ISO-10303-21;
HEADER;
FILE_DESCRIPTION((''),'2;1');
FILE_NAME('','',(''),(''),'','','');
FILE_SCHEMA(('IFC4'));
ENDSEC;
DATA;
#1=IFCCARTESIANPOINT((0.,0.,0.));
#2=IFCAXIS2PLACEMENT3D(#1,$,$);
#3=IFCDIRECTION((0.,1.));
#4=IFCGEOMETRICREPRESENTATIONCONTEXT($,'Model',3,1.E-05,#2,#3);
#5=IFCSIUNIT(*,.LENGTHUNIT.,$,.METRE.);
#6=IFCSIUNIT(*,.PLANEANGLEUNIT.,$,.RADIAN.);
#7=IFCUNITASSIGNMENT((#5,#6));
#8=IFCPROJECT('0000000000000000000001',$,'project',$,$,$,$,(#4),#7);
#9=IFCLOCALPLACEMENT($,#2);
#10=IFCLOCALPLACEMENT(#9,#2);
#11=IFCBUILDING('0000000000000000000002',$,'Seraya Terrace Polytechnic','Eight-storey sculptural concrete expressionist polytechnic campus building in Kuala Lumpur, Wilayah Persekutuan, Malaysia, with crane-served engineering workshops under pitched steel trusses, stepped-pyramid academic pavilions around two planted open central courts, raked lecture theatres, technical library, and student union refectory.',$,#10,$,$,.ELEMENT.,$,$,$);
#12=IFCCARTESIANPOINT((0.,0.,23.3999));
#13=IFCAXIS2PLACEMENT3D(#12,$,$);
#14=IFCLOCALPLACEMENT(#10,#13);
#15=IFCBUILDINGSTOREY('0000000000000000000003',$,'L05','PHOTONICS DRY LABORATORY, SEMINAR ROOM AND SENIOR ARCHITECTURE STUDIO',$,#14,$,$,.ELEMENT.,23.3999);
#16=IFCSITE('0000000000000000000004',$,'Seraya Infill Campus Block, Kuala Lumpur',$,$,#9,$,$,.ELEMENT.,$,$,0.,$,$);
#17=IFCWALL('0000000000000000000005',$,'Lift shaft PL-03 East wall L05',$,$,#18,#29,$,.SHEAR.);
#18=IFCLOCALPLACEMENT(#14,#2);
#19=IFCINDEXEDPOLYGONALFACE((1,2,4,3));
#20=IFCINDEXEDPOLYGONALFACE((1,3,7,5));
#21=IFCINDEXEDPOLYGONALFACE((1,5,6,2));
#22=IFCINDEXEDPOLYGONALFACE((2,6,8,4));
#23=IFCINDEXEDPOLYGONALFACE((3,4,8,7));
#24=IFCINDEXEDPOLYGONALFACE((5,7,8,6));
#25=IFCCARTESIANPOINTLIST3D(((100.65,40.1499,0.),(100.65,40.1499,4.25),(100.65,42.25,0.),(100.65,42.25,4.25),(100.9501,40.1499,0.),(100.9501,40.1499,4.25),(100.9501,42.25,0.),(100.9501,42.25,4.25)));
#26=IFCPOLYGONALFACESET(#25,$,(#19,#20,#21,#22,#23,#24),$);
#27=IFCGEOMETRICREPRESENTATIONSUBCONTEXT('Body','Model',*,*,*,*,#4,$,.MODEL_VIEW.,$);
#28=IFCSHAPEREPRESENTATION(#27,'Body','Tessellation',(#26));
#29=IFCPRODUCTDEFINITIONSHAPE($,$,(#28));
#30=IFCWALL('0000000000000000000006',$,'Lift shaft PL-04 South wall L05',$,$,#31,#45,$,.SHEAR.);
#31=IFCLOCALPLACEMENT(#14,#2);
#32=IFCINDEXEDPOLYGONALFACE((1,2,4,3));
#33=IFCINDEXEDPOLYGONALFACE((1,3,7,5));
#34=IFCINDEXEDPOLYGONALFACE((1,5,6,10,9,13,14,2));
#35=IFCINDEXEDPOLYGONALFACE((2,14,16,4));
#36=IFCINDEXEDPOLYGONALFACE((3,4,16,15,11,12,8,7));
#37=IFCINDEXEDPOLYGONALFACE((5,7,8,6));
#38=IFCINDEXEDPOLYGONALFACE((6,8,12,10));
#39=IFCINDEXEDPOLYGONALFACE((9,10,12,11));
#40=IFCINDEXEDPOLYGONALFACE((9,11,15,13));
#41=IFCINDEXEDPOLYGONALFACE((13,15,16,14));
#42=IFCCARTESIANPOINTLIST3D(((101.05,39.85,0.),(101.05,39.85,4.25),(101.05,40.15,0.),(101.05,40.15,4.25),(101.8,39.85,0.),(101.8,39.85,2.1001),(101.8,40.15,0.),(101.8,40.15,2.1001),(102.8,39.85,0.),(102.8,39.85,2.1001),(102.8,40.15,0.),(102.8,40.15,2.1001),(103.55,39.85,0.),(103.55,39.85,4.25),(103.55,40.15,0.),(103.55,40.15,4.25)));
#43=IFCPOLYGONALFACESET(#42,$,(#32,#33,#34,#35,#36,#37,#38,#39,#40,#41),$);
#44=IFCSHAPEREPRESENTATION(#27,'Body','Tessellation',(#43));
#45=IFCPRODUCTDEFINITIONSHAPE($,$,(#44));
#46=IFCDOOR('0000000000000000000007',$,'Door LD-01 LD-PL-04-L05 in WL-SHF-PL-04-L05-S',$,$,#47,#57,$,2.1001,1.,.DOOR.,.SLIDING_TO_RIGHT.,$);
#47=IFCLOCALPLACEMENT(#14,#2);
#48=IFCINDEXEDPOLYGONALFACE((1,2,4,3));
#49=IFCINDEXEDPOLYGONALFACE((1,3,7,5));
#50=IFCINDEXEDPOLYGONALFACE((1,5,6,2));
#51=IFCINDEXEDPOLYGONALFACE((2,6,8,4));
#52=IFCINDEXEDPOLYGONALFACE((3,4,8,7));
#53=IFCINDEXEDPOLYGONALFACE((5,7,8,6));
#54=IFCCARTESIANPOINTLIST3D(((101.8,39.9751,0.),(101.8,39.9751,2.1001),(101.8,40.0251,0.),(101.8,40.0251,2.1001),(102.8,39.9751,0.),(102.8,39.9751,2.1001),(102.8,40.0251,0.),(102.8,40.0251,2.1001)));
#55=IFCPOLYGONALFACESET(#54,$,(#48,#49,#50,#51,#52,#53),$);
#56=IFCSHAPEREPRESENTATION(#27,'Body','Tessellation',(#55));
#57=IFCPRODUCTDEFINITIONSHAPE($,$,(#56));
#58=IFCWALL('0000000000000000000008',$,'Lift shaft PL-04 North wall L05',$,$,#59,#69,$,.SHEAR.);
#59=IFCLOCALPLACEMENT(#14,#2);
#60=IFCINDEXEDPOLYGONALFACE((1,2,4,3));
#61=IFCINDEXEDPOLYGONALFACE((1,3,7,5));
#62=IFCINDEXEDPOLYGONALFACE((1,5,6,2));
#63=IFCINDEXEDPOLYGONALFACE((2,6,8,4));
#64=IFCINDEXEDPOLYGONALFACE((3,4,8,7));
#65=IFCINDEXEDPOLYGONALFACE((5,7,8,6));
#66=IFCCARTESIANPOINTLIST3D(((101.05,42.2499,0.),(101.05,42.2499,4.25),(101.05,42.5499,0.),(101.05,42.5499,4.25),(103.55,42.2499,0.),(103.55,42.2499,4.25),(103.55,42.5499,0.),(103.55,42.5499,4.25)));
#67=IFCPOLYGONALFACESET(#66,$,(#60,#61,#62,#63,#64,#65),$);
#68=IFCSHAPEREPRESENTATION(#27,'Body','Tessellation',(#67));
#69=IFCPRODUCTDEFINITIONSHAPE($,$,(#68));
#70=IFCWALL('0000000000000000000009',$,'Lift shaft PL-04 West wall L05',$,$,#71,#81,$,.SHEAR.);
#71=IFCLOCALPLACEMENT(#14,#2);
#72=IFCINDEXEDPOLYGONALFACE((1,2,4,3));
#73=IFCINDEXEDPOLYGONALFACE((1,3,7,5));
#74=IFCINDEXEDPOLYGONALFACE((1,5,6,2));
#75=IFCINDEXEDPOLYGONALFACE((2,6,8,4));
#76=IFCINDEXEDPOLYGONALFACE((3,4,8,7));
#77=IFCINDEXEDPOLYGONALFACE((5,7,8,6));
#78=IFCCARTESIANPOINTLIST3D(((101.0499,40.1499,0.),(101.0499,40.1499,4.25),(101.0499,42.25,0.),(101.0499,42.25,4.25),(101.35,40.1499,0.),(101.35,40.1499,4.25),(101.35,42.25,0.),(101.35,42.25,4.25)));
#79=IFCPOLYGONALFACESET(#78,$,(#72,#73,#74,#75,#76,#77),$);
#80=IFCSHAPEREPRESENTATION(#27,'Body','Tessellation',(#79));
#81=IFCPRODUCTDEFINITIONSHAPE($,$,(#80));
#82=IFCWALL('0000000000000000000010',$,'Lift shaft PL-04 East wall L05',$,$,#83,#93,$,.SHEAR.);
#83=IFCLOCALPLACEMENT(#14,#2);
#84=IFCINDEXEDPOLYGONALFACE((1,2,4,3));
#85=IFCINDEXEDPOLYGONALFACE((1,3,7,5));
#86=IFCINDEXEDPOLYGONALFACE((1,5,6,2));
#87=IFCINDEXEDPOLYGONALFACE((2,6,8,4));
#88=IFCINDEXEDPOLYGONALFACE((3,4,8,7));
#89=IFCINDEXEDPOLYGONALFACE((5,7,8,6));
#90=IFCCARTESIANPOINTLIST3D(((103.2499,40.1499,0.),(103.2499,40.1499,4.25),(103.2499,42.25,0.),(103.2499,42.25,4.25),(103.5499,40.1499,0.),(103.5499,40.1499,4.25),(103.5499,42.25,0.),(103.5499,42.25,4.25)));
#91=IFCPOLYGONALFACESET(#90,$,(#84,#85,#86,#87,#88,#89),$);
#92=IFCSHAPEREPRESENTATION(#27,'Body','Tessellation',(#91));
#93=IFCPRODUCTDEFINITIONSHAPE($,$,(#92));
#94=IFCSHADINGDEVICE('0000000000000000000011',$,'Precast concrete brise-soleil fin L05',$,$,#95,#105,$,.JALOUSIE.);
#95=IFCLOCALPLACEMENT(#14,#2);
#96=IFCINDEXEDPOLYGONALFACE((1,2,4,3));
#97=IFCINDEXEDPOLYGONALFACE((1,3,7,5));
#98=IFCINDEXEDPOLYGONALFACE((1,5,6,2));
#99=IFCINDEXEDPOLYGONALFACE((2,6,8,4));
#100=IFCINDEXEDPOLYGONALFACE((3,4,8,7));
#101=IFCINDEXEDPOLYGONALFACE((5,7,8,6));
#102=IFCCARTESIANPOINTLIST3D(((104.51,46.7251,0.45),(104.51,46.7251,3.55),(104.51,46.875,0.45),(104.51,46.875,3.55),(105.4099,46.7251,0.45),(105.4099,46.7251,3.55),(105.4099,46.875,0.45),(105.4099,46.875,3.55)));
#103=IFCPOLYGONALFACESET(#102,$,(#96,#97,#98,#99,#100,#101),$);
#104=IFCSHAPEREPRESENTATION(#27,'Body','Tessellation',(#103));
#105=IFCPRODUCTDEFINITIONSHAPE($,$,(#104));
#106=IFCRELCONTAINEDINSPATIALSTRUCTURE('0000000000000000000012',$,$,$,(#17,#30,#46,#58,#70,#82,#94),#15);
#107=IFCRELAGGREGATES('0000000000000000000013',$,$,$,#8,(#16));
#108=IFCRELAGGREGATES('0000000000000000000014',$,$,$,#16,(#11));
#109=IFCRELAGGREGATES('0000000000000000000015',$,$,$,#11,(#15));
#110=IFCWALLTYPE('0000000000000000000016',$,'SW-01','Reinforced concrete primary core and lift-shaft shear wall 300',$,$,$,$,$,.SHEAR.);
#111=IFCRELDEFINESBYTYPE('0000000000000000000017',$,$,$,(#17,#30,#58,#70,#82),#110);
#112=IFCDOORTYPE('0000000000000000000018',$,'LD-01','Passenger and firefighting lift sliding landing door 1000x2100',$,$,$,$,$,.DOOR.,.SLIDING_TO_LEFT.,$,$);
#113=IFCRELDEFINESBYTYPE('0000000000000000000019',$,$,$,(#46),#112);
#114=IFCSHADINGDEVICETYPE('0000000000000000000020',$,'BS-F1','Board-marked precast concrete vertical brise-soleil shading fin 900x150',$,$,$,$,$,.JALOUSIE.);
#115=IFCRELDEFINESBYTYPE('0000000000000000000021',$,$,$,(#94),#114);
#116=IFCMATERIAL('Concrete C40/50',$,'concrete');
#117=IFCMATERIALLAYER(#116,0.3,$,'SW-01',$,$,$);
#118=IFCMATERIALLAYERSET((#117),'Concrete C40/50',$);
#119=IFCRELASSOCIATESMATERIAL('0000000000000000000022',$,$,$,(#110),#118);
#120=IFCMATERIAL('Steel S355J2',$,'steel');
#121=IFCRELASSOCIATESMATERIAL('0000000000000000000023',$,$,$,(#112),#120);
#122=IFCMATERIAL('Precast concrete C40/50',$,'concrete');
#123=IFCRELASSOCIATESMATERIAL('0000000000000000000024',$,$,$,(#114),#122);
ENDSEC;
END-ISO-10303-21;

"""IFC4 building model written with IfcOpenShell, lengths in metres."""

from ifc_helpers import new_model, si_unit, direction, frame, frame_2d, origin, origin_2d, place, context, subcontext, project, spatial, rectangle, extrude, material, layer, layer_set, type_object, element, fill, save


model = new_model("IFC4")

# Units and contexts
model_context = context("Model", 3, precision=1e-05, world=origin(), true_north=direction((0.0, 1.0)))
body_context = subcontext(model_context, "Body", "Model", "MODEL_VIEW")
ifc_project = project(units=[si_unit("LENGTHUNIT", "METRE"), si_unit("PLANEANGLEUNIT", "RADIAN")], contexts=[model_context])

# Site, building, storey
site_placement = place(None, origin())
site = spatial("IfcSite", under=ifc_project, at=site_placement, Name="Seraya Infill Campus Block, Kuala Lumpur", CompositionType="ELEMENT", RefElevation=0.0)
building_placement = place(site_placement, origin())
building = spatial("IfcBuilding", under=site, at=building_placement, Name="Seraya Terrace Polytechnic", Description="Eight-storey sculptural concrete expressionist polytechnic campus building in Kuala Lumpur, Wilayah Persekutuan, Malaysia, with crane-served engineering workshops under pitched steel trusses, stepped-pyramid academic pavilions around two planted open central courts, raked lecture theatres, technical library, and student union refectory.", CompositionType="ELEMENT")
storey_placement = place(building_placement, frame((0.0, 0.0, 23.3999)))
storey = spatial("IfcBuildingStorey", under=building, at=storey_placement, Name="L05", Description="PHOTONICS DRY LABORATORY, SEMINAR ROOM AND SENIOR ARCHITECTURE STUDIO", CompositionType="ELEMENT", Elevation=23.3999)

# Shared definitions
ifc_material_1 = material(Name="Concrete C40/50", Category="concrete")

# Shared definitions
ifc_material_2 = material(Name="Precast concrete C40/50", Category="concrete")

# Shared definitions
ifc_layer_1 = layer(ifc_material_1, 0.3, Name="SW-01")
ifc_layer_set_1 = layer_set([ifc_layer_1], Name="Concrete C40/50")
wall_type_1 = type_object("IfcWallType", Name="SW-01", Description="Reinforced concrete primary core and lift-shaft shear wall 300", PredefinedType="SHEAR", material=ifc_layer_set_1)

# Shared definitions
ifc_material_3 = material(Name="Steel S355J2", Category="steel")
door_type = type_object("IfcDoorType", Name="LD-01", Description="Passenger and firefighting lift sliding landing door 1000x2100", OperationType="SLIDING_TO_LEFT", PredefinedType="DOOR", material=ifc_material_3)

# Wall
for number, where, z_axis, x_axis, name in (
    (1, (100.8, 40.1499, 0.0), (0.0, 0.0, 1.0), (0.0, 1.0, 0.0), "Lift shaft PL-03 East wall L05"),
):
    element("IfcWall", number, at=place(storey_placement, frame(where, z_axis=z_axis, x_axis=x_axis)), inside=storey, type_object=wall_type_1, Name=name, PredefinedType="SHEAR", context=body_context, shape_type="SweptSolid", body=[
        extrude(rectangle(XDim=2.1001, YDim=0.3, at=frame_2d((1.05, 0.0))), origin(), (0.0, 0.0, 1.0), 4.25),
    ])

# Wall, opening, door
wall_1_placement = place(storey_placement, frame((101.05, 40.0, 0.0), z_axis=(0.0, 0.0, 1.0), x_axis=(1.0, 0.0, 0.0)))
wall_1 = element("IfcWall", 2, at=wall_1_placement, inside=storey, type_object=wall_type_1, Name="Lift shaft PL-04 South wall L05", PredefinedType="SHEAR", context=body_context, shape_type="SweptSolid", body=[
    extrude(rectangle(XDim=2.5, YDim=0.3, at=frame_2d((1.25, 0.0))), origin(), (0.0, 0.0, 1.0), 4.25),
])
opening_1_placement = place(wall_1_placement, frame((0.75, 0.0, 0.0)))
opening_1 = element("IfcOpeningElement", 3, at=opening_1_placement, cuts=wall_1, PredefinedType="OPENING", context=body_context, shape_type="SweptSolid", body=[
    extrude(rectangle(XDim=1.0, YDim=2.1001, at=frame_2d((0.5, 1.05))), frame((0.0, 0.1621, 0.0), z_axis=(0.0, -1.0, 0.0), x_axis=(1.0, 0.0, 0.0)), (0.0, 0.0, 1.0), 0.324),
])
door_1_placement = place(opening_1_placement, frame((1.0, 0.0, 0.0), z_axis=(0.0, 0.0, 1.0), x_axis=(-1.0, 0.0, 0.0)))
door_1 = element("IfcDoor", 4, at=door_1_placement, inside=storey, type_object=door_type, Name="Door LD-01 LD-PL-04-L05 in WL-SHF-PL-04-L05-S", OperationType="SLIDING_TO_RIGHT", OverallHeight=2.1001, OverallWidth=1.0, PredefinedType="DOOR", context=body_context, shape_type="SweptSolid", body=[
    extrude(rectangle(XDim=1.0, YDim=2.1001, at=frame_2d((0.5, 1.05))), frame((0.0, 0.0249, 0.0), z_axis=(0.0, -1.0, 0.0), x_axis=(1.0, 0.0, 0.0)), (0.0, 0.0, 1.0), 0.05),
])
fill(opening_1, door_1)

# Walls
wall_2_placement = place(storey_placement, frame((101.05, 42.3999, 0.0), z_axis=(0.0, 0.0, 1.0), x_axis=(1.0, 0.0, 0.0)))
element("IfcWall", 5, at=wall_2_placement, inside=storey, type_object=wall_type_1, Name="Lift shaft PL-04 North wall L05", PredefinedType="SHEAR", context=body_context, shape_type="SweptSolid", body=[
    extrude(rectangle(XDim=2.5, YDim=0.3, at=frame_2d((1.25, 0.0))), origin(), (0.0, 0.0, 1.0), 4.25),
])
for number, where, z_axis, x_axis, name in (
    (6, (101.2, 40.1499, 0.0), (0.0, 0.0, 1.0), (0.0, 1.0, 0.0), "Lift shaft PL-04 West wall L05"),
    (7, (103.3999, 40.1499, 0.0), (0.0, 0.0, 1.0), (0.0, 1.0, 0.0), "Lift shaft PL-04 East wall L05"),
):
    element("IfcWall", number, at=place(storey_placement, frame(where, z_axis=z_axis, x_axis=x_axis)), inside=storey, type_object=wall_type_1, Name=name, PredefinedType="SHEAR", context=body_context, shape_type="SweptSolid", body=[
        extrude(rectangle(XDim=2.1001, YDim=0.3, at=frame_2d((1.05, 0.0))), origin(), (0.0, 0.0, 1.0), 4.25),
    ])

# Shading device
shading_device_type = type_object("IfcShadingDeviceType", Name="BS-F1", Description="Board-marked precast concrete vertical brise-soleil shading fin 900x150", PredefinedType="JALOUSIE", material=ifc_material_2)
shading_device_placement = place(storey_placement, frame((104.96, 46.8, 0.45), z_axis=(0.0, 0.0, 1.0), x_axis=(1.0, 0.0, 0.0)))
element("IfcShadingDevice", 8, at=shading_device_placement, inside=storey, type_object=shading_device_type, Name="Precast concrete brise-soleil fin L05", PredefinedType="JALOUSIE", context=body_context, shape_type="SweptSolid", body=[
    extrude(rectangle(XDim=0.8999, YDim=0.1499, at=origin_2d()), origin(), (0.0, 0.0, 1.0), 3.1001),
])

save(model, "model.ifc")
